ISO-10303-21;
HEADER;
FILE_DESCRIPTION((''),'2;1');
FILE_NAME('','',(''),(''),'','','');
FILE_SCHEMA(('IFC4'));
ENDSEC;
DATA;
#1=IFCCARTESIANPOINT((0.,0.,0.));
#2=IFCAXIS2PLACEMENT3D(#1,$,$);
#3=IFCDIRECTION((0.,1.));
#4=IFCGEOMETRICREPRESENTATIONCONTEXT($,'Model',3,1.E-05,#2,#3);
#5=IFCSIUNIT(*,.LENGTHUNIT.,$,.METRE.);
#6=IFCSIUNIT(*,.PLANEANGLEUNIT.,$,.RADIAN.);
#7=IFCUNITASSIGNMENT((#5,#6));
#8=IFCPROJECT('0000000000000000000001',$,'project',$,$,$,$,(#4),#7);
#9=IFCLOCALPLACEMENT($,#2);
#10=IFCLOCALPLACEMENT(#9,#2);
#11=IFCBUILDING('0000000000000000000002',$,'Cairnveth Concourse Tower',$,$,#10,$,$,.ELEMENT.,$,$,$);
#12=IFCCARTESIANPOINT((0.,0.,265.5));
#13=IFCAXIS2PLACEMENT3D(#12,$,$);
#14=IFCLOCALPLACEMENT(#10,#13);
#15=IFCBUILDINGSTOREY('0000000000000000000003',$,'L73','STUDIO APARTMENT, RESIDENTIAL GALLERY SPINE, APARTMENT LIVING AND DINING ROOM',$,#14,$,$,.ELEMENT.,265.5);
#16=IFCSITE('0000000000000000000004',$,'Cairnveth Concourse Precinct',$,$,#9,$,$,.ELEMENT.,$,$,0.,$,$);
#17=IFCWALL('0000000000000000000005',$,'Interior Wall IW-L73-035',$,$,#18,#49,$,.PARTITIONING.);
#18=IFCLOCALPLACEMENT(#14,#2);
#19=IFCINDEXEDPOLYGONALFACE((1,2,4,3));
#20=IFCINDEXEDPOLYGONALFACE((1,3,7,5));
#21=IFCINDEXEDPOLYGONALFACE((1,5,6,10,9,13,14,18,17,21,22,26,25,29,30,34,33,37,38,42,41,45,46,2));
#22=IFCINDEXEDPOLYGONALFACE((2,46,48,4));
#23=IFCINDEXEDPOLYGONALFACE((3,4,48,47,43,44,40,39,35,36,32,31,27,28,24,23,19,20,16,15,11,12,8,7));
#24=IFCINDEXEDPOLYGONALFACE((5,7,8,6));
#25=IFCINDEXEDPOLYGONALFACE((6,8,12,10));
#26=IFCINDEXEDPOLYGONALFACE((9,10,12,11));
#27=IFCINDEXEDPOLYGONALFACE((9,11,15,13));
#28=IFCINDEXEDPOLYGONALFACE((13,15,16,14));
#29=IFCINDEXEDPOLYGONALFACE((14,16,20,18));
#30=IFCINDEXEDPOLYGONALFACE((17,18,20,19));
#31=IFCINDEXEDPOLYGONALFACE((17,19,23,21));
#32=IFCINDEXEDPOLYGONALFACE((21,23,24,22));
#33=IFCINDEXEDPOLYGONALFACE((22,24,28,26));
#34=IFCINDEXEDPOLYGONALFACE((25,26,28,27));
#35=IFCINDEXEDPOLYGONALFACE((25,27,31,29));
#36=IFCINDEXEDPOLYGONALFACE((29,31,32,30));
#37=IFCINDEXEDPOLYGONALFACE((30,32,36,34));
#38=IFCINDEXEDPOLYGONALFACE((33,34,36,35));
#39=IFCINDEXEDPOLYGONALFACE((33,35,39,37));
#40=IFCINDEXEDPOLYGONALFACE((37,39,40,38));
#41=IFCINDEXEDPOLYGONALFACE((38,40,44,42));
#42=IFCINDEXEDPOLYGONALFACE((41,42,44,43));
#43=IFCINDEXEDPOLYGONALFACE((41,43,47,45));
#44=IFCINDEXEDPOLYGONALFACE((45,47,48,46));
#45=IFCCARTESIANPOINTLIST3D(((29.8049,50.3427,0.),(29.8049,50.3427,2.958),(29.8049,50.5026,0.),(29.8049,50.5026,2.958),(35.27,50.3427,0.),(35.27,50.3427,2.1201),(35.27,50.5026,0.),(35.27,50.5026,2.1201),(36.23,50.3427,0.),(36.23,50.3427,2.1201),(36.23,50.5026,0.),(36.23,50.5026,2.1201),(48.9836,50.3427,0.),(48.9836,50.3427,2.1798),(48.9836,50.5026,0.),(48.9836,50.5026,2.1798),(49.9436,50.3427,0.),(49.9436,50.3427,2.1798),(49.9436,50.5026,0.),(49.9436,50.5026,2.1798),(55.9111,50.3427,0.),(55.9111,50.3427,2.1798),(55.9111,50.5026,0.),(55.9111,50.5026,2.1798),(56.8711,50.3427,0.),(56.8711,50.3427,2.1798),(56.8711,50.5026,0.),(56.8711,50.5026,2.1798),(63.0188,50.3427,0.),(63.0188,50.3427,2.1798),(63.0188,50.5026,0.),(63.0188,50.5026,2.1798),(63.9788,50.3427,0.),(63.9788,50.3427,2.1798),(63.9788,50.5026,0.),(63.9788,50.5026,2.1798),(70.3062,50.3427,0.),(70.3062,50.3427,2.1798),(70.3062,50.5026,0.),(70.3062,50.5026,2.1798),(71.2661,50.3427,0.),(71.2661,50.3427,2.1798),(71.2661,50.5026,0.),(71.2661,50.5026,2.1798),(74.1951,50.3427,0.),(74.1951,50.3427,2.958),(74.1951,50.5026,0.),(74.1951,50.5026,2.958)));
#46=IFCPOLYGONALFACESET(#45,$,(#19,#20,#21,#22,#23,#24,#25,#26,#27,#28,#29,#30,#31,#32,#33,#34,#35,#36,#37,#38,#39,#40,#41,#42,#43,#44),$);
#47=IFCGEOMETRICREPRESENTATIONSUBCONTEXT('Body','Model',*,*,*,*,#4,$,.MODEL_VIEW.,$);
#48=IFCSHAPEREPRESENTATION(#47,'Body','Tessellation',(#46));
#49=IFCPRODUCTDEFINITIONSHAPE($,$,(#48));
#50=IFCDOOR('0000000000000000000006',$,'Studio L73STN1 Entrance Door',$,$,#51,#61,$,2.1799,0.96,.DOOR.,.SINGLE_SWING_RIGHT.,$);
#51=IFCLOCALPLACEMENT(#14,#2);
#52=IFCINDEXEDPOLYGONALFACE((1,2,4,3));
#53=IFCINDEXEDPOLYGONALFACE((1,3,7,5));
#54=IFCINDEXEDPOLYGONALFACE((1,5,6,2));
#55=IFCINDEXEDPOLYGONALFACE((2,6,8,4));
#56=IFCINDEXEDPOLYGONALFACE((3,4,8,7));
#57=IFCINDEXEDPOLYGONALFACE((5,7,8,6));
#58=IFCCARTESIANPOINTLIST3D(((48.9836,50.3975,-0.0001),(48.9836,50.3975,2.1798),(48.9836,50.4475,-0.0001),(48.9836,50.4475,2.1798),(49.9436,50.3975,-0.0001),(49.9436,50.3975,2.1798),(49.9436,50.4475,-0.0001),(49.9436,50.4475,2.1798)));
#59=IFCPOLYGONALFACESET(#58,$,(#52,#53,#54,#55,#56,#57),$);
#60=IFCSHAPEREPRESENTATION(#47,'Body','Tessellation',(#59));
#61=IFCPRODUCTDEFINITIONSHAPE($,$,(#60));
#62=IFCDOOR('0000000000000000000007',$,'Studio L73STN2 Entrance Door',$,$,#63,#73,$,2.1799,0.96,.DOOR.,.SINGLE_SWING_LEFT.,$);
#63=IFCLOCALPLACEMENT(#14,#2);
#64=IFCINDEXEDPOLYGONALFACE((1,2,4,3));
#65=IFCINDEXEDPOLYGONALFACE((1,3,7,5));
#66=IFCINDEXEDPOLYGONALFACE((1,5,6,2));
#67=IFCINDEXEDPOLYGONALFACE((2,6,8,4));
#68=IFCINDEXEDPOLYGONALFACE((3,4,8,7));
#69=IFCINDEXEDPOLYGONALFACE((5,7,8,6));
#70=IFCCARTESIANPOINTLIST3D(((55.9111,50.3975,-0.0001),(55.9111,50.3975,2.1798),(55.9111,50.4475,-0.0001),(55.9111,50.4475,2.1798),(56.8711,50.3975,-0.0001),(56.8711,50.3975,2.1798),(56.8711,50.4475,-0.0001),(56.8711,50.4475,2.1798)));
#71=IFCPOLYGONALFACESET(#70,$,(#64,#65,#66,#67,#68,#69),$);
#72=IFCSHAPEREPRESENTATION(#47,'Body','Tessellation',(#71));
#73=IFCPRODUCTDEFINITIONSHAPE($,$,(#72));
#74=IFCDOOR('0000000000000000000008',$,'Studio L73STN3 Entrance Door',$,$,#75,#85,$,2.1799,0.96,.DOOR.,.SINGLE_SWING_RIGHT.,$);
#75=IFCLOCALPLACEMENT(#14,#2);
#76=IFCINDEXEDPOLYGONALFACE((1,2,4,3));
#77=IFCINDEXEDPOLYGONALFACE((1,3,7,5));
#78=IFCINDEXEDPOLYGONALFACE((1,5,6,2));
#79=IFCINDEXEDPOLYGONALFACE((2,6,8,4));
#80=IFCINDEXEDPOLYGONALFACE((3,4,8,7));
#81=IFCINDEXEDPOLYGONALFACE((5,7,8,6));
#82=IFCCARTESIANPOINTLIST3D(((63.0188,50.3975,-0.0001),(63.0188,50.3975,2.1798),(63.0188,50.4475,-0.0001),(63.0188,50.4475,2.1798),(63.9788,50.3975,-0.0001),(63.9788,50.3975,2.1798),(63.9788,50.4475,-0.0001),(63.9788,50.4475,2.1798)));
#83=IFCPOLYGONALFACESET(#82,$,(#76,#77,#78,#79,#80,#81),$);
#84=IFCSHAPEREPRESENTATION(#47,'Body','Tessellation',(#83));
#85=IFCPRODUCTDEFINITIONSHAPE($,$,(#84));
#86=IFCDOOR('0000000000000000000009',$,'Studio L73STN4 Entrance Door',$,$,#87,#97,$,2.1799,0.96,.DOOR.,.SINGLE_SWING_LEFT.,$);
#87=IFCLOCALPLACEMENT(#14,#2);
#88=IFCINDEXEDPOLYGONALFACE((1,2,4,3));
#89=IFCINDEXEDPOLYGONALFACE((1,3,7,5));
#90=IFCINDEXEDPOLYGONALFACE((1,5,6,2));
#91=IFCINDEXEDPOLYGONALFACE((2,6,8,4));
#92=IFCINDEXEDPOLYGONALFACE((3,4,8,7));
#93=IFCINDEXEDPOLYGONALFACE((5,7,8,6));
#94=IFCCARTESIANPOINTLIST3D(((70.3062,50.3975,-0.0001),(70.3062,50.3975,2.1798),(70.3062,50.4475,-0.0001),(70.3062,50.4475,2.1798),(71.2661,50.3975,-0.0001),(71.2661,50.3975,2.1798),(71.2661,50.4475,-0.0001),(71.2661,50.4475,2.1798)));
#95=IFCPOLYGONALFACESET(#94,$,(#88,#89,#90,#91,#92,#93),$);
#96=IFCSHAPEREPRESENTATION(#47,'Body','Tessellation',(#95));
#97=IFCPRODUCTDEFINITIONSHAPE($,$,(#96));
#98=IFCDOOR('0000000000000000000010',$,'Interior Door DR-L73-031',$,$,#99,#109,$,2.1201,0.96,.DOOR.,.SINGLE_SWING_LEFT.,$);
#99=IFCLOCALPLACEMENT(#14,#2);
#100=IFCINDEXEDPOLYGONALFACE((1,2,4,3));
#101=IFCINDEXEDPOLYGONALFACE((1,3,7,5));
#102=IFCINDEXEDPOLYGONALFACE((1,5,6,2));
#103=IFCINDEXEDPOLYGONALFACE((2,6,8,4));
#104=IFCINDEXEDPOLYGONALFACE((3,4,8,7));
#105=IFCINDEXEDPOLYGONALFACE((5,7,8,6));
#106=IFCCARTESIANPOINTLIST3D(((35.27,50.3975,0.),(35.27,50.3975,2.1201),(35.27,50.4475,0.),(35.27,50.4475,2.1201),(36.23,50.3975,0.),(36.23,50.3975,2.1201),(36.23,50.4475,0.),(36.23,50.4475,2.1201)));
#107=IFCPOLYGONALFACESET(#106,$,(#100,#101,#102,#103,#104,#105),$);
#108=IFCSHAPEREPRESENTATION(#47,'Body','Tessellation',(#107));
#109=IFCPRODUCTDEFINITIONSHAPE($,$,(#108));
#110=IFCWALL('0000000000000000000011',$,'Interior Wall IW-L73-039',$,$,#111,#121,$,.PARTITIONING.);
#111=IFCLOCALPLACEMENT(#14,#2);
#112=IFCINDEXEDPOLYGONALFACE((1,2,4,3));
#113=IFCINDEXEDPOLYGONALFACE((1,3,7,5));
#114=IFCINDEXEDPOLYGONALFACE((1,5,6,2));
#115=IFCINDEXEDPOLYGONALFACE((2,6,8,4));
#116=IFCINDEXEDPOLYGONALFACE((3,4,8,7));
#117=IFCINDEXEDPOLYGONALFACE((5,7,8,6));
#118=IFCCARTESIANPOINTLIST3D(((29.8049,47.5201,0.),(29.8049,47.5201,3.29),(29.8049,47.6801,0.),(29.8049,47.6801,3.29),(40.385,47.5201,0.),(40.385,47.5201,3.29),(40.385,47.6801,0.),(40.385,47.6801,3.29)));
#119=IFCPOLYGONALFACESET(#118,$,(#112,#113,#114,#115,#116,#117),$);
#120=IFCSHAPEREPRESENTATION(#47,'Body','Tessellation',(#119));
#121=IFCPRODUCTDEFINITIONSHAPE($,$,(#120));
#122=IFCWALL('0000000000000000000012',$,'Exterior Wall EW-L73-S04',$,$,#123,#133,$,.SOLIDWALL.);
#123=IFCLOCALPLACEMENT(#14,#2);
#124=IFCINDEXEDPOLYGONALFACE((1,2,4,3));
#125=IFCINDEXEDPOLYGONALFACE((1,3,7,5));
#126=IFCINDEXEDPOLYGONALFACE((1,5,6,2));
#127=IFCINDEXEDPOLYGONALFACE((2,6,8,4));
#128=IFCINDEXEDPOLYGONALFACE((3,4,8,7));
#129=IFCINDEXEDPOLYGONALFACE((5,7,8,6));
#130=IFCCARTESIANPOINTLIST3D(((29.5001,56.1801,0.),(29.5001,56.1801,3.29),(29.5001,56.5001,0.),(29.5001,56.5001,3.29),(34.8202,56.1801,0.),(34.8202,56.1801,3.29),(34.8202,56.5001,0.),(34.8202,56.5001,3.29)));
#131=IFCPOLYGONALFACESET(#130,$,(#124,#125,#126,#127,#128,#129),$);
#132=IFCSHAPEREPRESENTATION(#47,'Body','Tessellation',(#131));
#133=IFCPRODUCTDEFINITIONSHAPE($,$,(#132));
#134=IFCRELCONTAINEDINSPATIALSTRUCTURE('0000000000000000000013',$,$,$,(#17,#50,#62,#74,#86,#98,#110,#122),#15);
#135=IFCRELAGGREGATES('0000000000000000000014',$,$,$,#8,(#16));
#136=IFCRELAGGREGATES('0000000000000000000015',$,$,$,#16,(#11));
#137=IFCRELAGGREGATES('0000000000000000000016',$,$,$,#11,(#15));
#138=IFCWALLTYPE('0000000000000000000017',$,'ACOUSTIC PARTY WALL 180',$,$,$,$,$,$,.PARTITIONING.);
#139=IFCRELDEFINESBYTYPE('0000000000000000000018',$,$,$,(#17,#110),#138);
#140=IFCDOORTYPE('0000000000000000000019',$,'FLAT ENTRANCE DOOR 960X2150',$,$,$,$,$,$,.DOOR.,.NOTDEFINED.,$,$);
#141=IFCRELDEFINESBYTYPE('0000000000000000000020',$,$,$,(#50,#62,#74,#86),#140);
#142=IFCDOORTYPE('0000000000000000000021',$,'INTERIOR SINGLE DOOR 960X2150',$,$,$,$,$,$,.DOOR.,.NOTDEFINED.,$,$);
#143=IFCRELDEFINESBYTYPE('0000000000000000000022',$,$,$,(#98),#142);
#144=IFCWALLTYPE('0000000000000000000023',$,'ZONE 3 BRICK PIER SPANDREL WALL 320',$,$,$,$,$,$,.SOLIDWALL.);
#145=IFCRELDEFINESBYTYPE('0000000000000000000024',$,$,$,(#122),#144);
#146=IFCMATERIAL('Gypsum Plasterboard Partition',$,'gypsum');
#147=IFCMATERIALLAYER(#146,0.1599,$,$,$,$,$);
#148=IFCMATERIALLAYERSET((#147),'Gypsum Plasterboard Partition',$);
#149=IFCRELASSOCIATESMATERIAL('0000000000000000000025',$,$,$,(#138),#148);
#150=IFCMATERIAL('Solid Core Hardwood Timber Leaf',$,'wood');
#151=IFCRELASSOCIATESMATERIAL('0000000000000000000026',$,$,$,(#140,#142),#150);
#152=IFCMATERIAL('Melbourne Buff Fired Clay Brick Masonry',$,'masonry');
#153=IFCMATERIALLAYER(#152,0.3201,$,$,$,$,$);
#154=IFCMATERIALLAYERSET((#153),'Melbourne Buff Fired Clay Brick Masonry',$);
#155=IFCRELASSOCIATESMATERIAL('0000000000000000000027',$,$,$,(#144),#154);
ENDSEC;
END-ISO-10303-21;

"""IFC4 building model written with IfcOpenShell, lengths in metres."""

from ifc_helpers import new_model, si_unit, direction, frame, frame_2d, origin, place, context, subcontext, project, spatial, rectangle, extrude, material, layer, layer_set, type_object, element, fill, save


model = new_model("IFC4")

# Units and contexts
model_context = context("Model", 3, precision=1e-05, world=origin(), true_north=direction((0.0, 1.0)))
body_context = subcontext(model_context, "Body", "Model", "MODEL_VIEW")
ifc_project = project(units=[si_unit("LENGTHUNIT", "METRE"), si_unit("PLANEANGLEUNIT", "RADIAN")], contexts=[model_context])

# Site, building, storey
site_placement = place(None, origin())
site = spatial("IfcSite", under=ifc_project, at=site_placement, Name="Cairnveth Concourse Precinct", CompositionType="ELEMENT", RefElevation=0.0)
building_placement = place(site_placement, origin())
building = spatial("IfcBuilding", under=site, at=building_placement, Name="Cairnveth Concourse Tower", CompositionType="ELEMENT")
storey_placement = place(building_placement, frame((0.0, 0.0, 265.5)))
storey = spatial("IfcBuildingStorey", under=building, at=storey_placement, Name="L73", Description="STUDIO APARTMENT, RESIDENTIAL GALLERY SPINE, APARTMENT LIVING AND DINING ROOM", CompositionType="ELEMENT", Elevation=265.5)

# Wall, openings, doors
ifc_material_1 = material(Name="Gypsum Plasterboard Partition", Category="gypsum")
ifc_layer_1 = layer(ifc_material_1, 0.1599)
ifc_layer_set_1 = layer_set([ifc_layer_1], Name="Gypsum Plasterboard Partition")
wall_type_1 = type_object("IfcWallType", Name="ACOUSTIC PARTY WALL 180", PredefinedType="PARTITIONING", material=ifc_layer_set_1)
wall_1_placement = place(storey_placement, frame((29.8049, 50.4226, 0.0), z_axis=(0.0, 0.0, 1.0), x_axis=(1.0, 0.0, 0.0)))
wall_1 = element("IfcWall", 1, at=wall_1_placement, inside=storey, type_object=wall_type_1, Name="Interior Wall IW-L73-035", PredefinedType="PARTITIONING", context=body_context, shape_type="SweptSolid", body=[
    extrude(rectangle(XDim=44.3901, YDim=0.1599, at=frame_2d((22.1951, 0.0))), origin(), (0.0, 0.0, 1.0), 2.958),
])
opening_1_placement = place(wall_1_placement, frame((5.4651, 0.0, 0.0)))
opening_1 = element("IfcOpeningElement", 2, at=opening_1_placement, cuts=wall_1, PredefinedType="OPENING", context=body_context, shape_type="SweptSolid", body=[
    extrude(rectangle(XDim=0.96, YDim=2.1201, at=frame_2d((0.48, 1.0601))), frame((0.0, 0.0898, 0.0), z_axis=(0.0, -1.0, 0.0), x_axis=(1.0, 0.0, 0.0)), (0.0, 0.0, 1.0), 0.1799),
])
opening_2_placement = place(wall_1_placement, frame((19.1787, 0.0, 0.0)))
opening_2 = element("IfcOpeningElement", 3, at=opening_2_placement, cuts=wall_1, PredefinedType="OPENING", context=body_context, shape_type="SweptSolid", body=[
    extrude(rectangle(XDim=0.96, YDim=2.1799, at=frame_2d((0.48, 1.0898))), frame((0.0, 0.0898, 0.0), z_axis=(0.0, -1.0, 0.0), x_axis=(1.0, 0.0, 0.0)), (0.0, 0.0, 1.0), 0.1799),
])
opening_3_placement = place(wall_1_placement, frame((26.1062, 0.0, 0.0)))
opening_3 = element("IfcOpeningElement", 4, at=opening_3_placement, cuts=wall_1, PredefinedType="OPENING", context=body_context, shape_type="SweptSolid", body=[
    extrude(rectangle(XDim=0.96, YDim=2.1799, at=frame_2d((0.48, 1.0898))), frame((0.0, 0.0898, 0.0), z_axis=(0.0, -1.0, 0.0), x_axis=(1.0, 0.0, 0.0)), (0.0, 0.0, 1.0), 0.1799),
])
opening_4_placement = place(wall_1_placement, frame((33.2139, 0.0, 0.0)))
opening_4 = element("IfcOpeningElement", 5, at=opening_4_placement, cuts=wall_1, PredefinedType="OPENING", context=body_context, shape_type="SweptSolid", body=[
    extrude(rectangle(XDim=0.96, YDim=2.1799, at=frame_2d((0.48, 1.0898))), frame((0.0, 0.0898, 0.0), z_axis=(0.0, -1.0, 0.0), x_axis=(1.0, 0.0, 0.0)), (0.0, 0.0, 1.0), 0.1799),
])
opening_5_placement = place(wall_1_placement, frame((40.5012, 0.0, 0.0)))
opening_5 = element("IfcOpeningElement", 6, at=opening_5_placement, cuts=wall_1, PredefinedType="OPENING", context=body_context, shape_type="SweptSolid", body=[
    extrude(rectangle(XDim=0.96, YDim=2.1799, at=frame_2d((0.48, 1.0898))), frame((0.0, 0.0898, 0.0), z_axis=(0.0, -1.0, 0.0), x_axis=(1.0, 0.0, 0.0)), (0.0, 0.0, 1.0), 0.1799),
])
ifc_material_2 = material(Name="Solid Core Hardwood Timber Leaf", Category="wood")
door_type_1 = type_object("IfcDoorType", Name="FLAT ENTRANCE DOOR 960X2150", OperationType="NOTDEFINED", PredefinedType="DOOR", material=ifc_material_2)
door_1_placement = place(opening_2_placement, origin())
door_1 = element("IfcDoor", 7, at=door_1_placement, inside=storey, type_object=door_type_1, Name="Studio L73STN1 Entrance Door", OperationType="SINGLE_SWING_RIGHT", OverallHeight=2.1799, OverallWidth=0.96, PredefinedType="DOOR", context=body_context, shape_type="SweptSolid", body=[
    extrude(rectangle(XDim=0.96, YDim=2.1799, at=frame_2d((0.48, 1.0898))), frame((0.0, 0.0249, 0.0), z_axis=(0.0, -1.0, 0.0), x_axis=(1.0, 0.0, 0.0)), (0.0, 0.0, 1.0), 0.05),
])
fill(opening_2, door_1)
door_2_placement = place(opening_3_placement, origin())
door_2 = element("IfcDoor", 8, at=door_2_placement, inside=storey, type_object=door_type_1, Name="Studio L73STN2 Entrance Door", OperationType="SINGLE_SWING_LEFT", OverallHeight=2.1799, OverallWidth=0.96, PredefinedType="DOOR", context=body_context, shape_type="SweptSolid", body=[
    extrude(rectangle(XDim=0.96, YDim=2.1799, at=frame_2d((0.48, 1.0898))), frame((0.0, 0.0249, 0.0), z_axis=(0.0, -1.0, 0.0), x_axis=(1.0, 0.0, 0.0)), (0.0, 0.0, 1.0), 0.05),
])
fill(opening_3, door_2)
door_3_placement = place(opening_4_placement, origin())
door_3 = element("IfcDoor", 9, at=door_3_placement, inside=storey, type_object=door_type_1, Name="Studio L73STN3 Entrance Door", OperationType="SINGLE_SWING_RIGHT", OverallHeight=2.1799, OverallWidth=0.96, PredefinedType="DOOR", context=body_context, shape_type="SweptSolid", body=[
    extrude(rectangle(XDim=0.96, YDim=2.1799, at=frame_2d((0.48, 1.0898))), frame((0.0, 0.0249, 0.0), z_axis=(0.0, -1.0, 0.0), x_axis=(1.0, 0.0, 0.0)), (0.0, 0.0, 1.0), 0.05),
])
fill(opening_4, door_3)
door_4_placement = place(opening_5_placement, origin())
door_4 = element("IfcDoor", 10, at=door_4_placement, inside=storey, type_object=door_type_1, Name="Studio L73STN4 Entrance Door", OperationType="SINGLE_SWING_LEFT", OverallHeight=2.1799, OverallWidth=0.96, PredefinedType="DOOR", context=body_context, shape_type="SweptSolid", body=[
    extrude(rectangle(XDim=0.96, YDim=2.1799, at=frame_2d((0.48, 1.0898))), frame((0.0, 0.0249, 0.0), z_axis=(0.0, -1.0, 0.0), x_axis=(1.0, 0.0, 0.0)), (0.0, 0.0, 1.0), 0.05),
])
fill(opening_5, door_4)
door_type_2 = type_object("IfcDoorType", Name="INTERIOR SINGLE DOOR 960X2150", OperationType="NOTDEFINED", PredefinedType="DOOR", material=ifc_material_2)
door_5_placement = place(opening_1_placement, origin())
door_5 = element("IfcDoor", 11, at=door_5_placement, inside=storey, type_object=door_type_2, Name="Interior Door DR-L73-031", OperationType="SINGLE_SWING_LEFT", OverallHeight=2.1201, OverallWidth=0.96, PredefinedType="DOOR", context=body_context, shape_type="SweptSolid", body=[
    extrude(rectangle(XDim=0.96, YDim=2.1201, at=frame_2d((0.48, 1.0601))), frame((0.0, 0.0249, 0.0), z_axis=(0.0, -1.0, 0.0), x_axis=(1.0, 0.0, 0.0)), (0.0, 0.0, 1.0), 0.05),
])
fill(opening_1, door_5)

# Walls
wall_2_placement = place(storey_placement, frame((29.8049, 47.6001, 0.0), z_axis=(0.0, 0.0, 1.0), x_axis=(1.0, 0.0, 0.0)))
element("IfcWall", 12, at=wall_2_placement, inside=storey, type_object=wall_type_1, Name="Interior Wall IW-L73-039", PredefinedType="PARTITIONING", context=body_context, shape_type="SweptSolid", body=[
    extrude(rectangle(XDim=10.5801, YDim=0.1599, at=frame_2d((5.29, 0.0))), origin(), (0.0, 0.0, 1.0), 3.29),
])
ifc_material_3 = material(Name="Melbourne Buff Fired Clay Brick Masonry", Category="masonry")
ifc_layer_2 = layer(ifc_material_3, 0.3201)
ifc_layer_set_2 = layer_set([ifc_layer_2], Name="Melbourne Buff Fired Clay Brick Masonry")
wall_type_2 = type_object("IfcWallType", Name="ZONE 3 BRICK PIER SPANDREL WALL 320", PredefinedType="SOLIDWALL", material=ifc_layer_set_2)
wall_3_placement = place(storey_placement, frame((29.5, 56.3401, 0.0), z_axis=(0.0, 0.0, 1.0), x_axis=(1.0, 0.0, 0.0)))
element("IfcWall", 13, at=wall_3_placement, inside=storey, type_object=wall_type_2, Name="Exterior Wall EW-L73-S04", PredefinedType="SOLIDWALL", context=body_context, shape_type="SweptSolid", body=[
    extrude(rectangle(XDim=5.3201, YDim=0.3201, at=frame_2d((2.6602, 0.0))), origin(), (0.0, 0.0, 1.0), 3.29),
])

save(model, "model.ifc")
